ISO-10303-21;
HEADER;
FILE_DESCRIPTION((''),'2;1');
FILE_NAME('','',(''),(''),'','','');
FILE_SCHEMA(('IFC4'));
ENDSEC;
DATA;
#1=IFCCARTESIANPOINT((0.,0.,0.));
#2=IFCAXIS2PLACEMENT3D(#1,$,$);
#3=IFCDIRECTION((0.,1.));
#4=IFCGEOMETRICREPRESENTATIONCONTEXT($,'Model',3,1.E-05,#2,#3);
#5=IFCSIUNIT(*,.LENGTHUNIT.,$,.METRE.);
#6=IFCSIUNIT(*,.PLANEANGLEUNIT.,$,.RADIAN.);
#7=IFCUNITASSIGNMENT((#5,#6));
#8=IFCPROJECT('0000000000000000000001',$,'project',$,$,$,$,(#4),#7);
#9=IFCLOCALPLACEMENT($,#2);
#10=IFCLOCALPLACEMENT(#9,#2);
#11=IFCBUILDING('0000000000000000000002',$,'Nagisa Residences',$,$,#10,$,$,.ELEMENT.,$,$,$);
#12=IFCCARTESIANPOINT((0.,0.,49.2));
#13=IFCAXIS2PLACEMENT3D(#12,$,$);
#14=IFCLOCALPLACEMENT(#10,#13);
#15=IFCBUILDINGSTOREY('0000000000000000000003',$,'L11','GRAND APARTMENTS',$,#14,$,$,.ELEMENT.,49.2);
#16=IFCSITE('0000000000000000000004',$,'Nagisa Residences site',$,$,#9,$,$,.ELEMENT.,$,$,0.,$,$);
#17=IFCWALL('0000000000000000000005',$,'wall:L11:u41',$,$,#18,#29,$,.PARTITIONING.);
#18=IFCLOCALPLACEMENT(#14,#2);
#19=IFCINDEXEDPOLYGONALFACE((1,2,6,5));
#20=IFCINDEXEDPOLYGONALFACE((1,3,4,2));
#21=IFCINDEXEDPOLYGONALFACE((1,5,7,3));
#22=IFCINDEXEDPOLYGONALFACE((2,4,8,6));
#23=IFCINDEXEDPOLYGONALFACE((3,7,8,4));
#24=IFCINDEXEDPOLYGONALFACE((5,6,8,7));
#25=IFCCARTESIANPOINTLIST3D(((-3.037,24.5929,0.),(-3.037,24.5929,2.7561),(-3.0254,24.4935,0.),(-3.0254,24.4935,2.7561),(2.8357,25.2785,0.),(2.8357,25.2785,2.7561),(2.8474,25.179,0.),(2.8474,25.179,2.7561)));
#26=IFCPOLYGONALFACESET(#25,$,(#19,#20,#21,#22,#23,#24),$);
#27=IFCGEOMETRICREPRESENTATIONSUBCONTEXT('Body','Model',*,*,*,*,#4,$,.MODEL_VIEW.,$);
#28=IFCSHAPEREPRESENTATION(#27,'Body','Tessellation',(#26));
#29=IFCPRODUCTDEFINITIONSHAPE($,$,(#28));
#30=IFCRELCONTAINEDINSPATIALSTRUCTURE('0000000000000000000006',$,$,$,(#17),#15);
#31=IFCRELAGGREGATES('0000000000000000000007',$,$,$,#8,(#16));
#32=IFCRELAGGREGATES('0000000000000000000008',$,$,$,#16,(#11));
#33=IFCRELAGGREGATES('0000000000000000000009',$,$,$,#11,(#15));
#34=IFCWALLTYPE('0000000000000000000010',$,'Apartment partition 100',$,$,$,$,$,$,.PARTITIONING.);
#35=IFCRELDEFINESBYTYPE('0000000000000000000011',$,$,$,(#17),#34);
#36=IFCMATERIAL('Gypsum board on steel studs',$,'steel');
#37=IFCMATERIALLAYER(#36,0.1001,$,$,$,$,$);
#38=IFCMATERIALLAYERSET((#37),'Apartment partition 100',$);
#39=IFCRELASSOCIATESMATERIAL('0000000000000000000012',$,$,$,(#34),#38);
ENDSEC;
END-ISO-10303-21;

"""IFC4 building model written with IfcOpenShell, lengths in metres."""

from ifc_helpers import new_model, si_unit, direction, frame, frame_2d, origin, place, context, subcontext, project, spatial, rectangle, extrude, material, layer, layer_set, type_object, element, save


model = new_model("IFC4")

# Units and contexts
model_context = context("Model", 3, precision=1e-05, world=origin(), true_north=direction((0.0, 1.0)))
body_context = subcontext(model_context, "Body", "Model", "MODEL_VIEW")
ifc_project = project(units=[si_unit("LENGTHUNIT", "METRE"), si_unit("PLANEANGLEUNIT", "RADIAN")], contexts=[model_context])

# Site, building, storey
site_placement = place(None, origin())
site = spatial("IfcSite", under=ifc_project, at=site_placement, Name="Nagisa Residences site", CompositionType="ELEMENT", RefElevation=0.0)
building_placement = place(site_placement, origin())
building = spatial("IfcBuilding", under=site, at=building_placement, Name="Nagisa Residences", CompositionType="ELEMENT")
storey_placement = place(building_placement, frame((0.0, 0.0, 49.2)))
storey = spatial("IfcBuildingStorey", under=building, at=storey_placement, Name="L11", Description="GRAND APARTMENTS", CompositionType="ELEMENT", Elevation=49.2)

# Shared definitions
ifc_material_1 = material(Name="Gypsum board on steel studs", Category="steel")
ifc_layer_1 = layer(ifc_material_1, 0.1001)
ifc_layer_set_1 = layer_set([ifc_layer_1], Name="Apartment partition 100")
wall_type_1 = type_object("IfcWallType", Name="Apartment partition 100", PredefinedType="PARTITIONING", material=ifc_layer_set_1)

# Wall
wall_1_placement = place(storey_placement, frame((2.8416, 25.2288, 0.0), z_axis=(0.0, 0.0, 1.0), x_axis=(-0.993256, -0.115945, 0.0)))
element("IfcWall", 1, at=wall_1_placement, inside=storey, type_object=wall_type_1, Name="wall:L11:u41", PredefinedType="PARTITIONING", context=body_context, shape_type="SweptSolid", body=[
    extrude(rectangle(XDim=5.9126, YDim=0.1001, at=frame_2d((2.9563, 0.0))), origin(), (0.0, 0.0, 1.0), 2.7561),
])

save(model, "model.ifc")
